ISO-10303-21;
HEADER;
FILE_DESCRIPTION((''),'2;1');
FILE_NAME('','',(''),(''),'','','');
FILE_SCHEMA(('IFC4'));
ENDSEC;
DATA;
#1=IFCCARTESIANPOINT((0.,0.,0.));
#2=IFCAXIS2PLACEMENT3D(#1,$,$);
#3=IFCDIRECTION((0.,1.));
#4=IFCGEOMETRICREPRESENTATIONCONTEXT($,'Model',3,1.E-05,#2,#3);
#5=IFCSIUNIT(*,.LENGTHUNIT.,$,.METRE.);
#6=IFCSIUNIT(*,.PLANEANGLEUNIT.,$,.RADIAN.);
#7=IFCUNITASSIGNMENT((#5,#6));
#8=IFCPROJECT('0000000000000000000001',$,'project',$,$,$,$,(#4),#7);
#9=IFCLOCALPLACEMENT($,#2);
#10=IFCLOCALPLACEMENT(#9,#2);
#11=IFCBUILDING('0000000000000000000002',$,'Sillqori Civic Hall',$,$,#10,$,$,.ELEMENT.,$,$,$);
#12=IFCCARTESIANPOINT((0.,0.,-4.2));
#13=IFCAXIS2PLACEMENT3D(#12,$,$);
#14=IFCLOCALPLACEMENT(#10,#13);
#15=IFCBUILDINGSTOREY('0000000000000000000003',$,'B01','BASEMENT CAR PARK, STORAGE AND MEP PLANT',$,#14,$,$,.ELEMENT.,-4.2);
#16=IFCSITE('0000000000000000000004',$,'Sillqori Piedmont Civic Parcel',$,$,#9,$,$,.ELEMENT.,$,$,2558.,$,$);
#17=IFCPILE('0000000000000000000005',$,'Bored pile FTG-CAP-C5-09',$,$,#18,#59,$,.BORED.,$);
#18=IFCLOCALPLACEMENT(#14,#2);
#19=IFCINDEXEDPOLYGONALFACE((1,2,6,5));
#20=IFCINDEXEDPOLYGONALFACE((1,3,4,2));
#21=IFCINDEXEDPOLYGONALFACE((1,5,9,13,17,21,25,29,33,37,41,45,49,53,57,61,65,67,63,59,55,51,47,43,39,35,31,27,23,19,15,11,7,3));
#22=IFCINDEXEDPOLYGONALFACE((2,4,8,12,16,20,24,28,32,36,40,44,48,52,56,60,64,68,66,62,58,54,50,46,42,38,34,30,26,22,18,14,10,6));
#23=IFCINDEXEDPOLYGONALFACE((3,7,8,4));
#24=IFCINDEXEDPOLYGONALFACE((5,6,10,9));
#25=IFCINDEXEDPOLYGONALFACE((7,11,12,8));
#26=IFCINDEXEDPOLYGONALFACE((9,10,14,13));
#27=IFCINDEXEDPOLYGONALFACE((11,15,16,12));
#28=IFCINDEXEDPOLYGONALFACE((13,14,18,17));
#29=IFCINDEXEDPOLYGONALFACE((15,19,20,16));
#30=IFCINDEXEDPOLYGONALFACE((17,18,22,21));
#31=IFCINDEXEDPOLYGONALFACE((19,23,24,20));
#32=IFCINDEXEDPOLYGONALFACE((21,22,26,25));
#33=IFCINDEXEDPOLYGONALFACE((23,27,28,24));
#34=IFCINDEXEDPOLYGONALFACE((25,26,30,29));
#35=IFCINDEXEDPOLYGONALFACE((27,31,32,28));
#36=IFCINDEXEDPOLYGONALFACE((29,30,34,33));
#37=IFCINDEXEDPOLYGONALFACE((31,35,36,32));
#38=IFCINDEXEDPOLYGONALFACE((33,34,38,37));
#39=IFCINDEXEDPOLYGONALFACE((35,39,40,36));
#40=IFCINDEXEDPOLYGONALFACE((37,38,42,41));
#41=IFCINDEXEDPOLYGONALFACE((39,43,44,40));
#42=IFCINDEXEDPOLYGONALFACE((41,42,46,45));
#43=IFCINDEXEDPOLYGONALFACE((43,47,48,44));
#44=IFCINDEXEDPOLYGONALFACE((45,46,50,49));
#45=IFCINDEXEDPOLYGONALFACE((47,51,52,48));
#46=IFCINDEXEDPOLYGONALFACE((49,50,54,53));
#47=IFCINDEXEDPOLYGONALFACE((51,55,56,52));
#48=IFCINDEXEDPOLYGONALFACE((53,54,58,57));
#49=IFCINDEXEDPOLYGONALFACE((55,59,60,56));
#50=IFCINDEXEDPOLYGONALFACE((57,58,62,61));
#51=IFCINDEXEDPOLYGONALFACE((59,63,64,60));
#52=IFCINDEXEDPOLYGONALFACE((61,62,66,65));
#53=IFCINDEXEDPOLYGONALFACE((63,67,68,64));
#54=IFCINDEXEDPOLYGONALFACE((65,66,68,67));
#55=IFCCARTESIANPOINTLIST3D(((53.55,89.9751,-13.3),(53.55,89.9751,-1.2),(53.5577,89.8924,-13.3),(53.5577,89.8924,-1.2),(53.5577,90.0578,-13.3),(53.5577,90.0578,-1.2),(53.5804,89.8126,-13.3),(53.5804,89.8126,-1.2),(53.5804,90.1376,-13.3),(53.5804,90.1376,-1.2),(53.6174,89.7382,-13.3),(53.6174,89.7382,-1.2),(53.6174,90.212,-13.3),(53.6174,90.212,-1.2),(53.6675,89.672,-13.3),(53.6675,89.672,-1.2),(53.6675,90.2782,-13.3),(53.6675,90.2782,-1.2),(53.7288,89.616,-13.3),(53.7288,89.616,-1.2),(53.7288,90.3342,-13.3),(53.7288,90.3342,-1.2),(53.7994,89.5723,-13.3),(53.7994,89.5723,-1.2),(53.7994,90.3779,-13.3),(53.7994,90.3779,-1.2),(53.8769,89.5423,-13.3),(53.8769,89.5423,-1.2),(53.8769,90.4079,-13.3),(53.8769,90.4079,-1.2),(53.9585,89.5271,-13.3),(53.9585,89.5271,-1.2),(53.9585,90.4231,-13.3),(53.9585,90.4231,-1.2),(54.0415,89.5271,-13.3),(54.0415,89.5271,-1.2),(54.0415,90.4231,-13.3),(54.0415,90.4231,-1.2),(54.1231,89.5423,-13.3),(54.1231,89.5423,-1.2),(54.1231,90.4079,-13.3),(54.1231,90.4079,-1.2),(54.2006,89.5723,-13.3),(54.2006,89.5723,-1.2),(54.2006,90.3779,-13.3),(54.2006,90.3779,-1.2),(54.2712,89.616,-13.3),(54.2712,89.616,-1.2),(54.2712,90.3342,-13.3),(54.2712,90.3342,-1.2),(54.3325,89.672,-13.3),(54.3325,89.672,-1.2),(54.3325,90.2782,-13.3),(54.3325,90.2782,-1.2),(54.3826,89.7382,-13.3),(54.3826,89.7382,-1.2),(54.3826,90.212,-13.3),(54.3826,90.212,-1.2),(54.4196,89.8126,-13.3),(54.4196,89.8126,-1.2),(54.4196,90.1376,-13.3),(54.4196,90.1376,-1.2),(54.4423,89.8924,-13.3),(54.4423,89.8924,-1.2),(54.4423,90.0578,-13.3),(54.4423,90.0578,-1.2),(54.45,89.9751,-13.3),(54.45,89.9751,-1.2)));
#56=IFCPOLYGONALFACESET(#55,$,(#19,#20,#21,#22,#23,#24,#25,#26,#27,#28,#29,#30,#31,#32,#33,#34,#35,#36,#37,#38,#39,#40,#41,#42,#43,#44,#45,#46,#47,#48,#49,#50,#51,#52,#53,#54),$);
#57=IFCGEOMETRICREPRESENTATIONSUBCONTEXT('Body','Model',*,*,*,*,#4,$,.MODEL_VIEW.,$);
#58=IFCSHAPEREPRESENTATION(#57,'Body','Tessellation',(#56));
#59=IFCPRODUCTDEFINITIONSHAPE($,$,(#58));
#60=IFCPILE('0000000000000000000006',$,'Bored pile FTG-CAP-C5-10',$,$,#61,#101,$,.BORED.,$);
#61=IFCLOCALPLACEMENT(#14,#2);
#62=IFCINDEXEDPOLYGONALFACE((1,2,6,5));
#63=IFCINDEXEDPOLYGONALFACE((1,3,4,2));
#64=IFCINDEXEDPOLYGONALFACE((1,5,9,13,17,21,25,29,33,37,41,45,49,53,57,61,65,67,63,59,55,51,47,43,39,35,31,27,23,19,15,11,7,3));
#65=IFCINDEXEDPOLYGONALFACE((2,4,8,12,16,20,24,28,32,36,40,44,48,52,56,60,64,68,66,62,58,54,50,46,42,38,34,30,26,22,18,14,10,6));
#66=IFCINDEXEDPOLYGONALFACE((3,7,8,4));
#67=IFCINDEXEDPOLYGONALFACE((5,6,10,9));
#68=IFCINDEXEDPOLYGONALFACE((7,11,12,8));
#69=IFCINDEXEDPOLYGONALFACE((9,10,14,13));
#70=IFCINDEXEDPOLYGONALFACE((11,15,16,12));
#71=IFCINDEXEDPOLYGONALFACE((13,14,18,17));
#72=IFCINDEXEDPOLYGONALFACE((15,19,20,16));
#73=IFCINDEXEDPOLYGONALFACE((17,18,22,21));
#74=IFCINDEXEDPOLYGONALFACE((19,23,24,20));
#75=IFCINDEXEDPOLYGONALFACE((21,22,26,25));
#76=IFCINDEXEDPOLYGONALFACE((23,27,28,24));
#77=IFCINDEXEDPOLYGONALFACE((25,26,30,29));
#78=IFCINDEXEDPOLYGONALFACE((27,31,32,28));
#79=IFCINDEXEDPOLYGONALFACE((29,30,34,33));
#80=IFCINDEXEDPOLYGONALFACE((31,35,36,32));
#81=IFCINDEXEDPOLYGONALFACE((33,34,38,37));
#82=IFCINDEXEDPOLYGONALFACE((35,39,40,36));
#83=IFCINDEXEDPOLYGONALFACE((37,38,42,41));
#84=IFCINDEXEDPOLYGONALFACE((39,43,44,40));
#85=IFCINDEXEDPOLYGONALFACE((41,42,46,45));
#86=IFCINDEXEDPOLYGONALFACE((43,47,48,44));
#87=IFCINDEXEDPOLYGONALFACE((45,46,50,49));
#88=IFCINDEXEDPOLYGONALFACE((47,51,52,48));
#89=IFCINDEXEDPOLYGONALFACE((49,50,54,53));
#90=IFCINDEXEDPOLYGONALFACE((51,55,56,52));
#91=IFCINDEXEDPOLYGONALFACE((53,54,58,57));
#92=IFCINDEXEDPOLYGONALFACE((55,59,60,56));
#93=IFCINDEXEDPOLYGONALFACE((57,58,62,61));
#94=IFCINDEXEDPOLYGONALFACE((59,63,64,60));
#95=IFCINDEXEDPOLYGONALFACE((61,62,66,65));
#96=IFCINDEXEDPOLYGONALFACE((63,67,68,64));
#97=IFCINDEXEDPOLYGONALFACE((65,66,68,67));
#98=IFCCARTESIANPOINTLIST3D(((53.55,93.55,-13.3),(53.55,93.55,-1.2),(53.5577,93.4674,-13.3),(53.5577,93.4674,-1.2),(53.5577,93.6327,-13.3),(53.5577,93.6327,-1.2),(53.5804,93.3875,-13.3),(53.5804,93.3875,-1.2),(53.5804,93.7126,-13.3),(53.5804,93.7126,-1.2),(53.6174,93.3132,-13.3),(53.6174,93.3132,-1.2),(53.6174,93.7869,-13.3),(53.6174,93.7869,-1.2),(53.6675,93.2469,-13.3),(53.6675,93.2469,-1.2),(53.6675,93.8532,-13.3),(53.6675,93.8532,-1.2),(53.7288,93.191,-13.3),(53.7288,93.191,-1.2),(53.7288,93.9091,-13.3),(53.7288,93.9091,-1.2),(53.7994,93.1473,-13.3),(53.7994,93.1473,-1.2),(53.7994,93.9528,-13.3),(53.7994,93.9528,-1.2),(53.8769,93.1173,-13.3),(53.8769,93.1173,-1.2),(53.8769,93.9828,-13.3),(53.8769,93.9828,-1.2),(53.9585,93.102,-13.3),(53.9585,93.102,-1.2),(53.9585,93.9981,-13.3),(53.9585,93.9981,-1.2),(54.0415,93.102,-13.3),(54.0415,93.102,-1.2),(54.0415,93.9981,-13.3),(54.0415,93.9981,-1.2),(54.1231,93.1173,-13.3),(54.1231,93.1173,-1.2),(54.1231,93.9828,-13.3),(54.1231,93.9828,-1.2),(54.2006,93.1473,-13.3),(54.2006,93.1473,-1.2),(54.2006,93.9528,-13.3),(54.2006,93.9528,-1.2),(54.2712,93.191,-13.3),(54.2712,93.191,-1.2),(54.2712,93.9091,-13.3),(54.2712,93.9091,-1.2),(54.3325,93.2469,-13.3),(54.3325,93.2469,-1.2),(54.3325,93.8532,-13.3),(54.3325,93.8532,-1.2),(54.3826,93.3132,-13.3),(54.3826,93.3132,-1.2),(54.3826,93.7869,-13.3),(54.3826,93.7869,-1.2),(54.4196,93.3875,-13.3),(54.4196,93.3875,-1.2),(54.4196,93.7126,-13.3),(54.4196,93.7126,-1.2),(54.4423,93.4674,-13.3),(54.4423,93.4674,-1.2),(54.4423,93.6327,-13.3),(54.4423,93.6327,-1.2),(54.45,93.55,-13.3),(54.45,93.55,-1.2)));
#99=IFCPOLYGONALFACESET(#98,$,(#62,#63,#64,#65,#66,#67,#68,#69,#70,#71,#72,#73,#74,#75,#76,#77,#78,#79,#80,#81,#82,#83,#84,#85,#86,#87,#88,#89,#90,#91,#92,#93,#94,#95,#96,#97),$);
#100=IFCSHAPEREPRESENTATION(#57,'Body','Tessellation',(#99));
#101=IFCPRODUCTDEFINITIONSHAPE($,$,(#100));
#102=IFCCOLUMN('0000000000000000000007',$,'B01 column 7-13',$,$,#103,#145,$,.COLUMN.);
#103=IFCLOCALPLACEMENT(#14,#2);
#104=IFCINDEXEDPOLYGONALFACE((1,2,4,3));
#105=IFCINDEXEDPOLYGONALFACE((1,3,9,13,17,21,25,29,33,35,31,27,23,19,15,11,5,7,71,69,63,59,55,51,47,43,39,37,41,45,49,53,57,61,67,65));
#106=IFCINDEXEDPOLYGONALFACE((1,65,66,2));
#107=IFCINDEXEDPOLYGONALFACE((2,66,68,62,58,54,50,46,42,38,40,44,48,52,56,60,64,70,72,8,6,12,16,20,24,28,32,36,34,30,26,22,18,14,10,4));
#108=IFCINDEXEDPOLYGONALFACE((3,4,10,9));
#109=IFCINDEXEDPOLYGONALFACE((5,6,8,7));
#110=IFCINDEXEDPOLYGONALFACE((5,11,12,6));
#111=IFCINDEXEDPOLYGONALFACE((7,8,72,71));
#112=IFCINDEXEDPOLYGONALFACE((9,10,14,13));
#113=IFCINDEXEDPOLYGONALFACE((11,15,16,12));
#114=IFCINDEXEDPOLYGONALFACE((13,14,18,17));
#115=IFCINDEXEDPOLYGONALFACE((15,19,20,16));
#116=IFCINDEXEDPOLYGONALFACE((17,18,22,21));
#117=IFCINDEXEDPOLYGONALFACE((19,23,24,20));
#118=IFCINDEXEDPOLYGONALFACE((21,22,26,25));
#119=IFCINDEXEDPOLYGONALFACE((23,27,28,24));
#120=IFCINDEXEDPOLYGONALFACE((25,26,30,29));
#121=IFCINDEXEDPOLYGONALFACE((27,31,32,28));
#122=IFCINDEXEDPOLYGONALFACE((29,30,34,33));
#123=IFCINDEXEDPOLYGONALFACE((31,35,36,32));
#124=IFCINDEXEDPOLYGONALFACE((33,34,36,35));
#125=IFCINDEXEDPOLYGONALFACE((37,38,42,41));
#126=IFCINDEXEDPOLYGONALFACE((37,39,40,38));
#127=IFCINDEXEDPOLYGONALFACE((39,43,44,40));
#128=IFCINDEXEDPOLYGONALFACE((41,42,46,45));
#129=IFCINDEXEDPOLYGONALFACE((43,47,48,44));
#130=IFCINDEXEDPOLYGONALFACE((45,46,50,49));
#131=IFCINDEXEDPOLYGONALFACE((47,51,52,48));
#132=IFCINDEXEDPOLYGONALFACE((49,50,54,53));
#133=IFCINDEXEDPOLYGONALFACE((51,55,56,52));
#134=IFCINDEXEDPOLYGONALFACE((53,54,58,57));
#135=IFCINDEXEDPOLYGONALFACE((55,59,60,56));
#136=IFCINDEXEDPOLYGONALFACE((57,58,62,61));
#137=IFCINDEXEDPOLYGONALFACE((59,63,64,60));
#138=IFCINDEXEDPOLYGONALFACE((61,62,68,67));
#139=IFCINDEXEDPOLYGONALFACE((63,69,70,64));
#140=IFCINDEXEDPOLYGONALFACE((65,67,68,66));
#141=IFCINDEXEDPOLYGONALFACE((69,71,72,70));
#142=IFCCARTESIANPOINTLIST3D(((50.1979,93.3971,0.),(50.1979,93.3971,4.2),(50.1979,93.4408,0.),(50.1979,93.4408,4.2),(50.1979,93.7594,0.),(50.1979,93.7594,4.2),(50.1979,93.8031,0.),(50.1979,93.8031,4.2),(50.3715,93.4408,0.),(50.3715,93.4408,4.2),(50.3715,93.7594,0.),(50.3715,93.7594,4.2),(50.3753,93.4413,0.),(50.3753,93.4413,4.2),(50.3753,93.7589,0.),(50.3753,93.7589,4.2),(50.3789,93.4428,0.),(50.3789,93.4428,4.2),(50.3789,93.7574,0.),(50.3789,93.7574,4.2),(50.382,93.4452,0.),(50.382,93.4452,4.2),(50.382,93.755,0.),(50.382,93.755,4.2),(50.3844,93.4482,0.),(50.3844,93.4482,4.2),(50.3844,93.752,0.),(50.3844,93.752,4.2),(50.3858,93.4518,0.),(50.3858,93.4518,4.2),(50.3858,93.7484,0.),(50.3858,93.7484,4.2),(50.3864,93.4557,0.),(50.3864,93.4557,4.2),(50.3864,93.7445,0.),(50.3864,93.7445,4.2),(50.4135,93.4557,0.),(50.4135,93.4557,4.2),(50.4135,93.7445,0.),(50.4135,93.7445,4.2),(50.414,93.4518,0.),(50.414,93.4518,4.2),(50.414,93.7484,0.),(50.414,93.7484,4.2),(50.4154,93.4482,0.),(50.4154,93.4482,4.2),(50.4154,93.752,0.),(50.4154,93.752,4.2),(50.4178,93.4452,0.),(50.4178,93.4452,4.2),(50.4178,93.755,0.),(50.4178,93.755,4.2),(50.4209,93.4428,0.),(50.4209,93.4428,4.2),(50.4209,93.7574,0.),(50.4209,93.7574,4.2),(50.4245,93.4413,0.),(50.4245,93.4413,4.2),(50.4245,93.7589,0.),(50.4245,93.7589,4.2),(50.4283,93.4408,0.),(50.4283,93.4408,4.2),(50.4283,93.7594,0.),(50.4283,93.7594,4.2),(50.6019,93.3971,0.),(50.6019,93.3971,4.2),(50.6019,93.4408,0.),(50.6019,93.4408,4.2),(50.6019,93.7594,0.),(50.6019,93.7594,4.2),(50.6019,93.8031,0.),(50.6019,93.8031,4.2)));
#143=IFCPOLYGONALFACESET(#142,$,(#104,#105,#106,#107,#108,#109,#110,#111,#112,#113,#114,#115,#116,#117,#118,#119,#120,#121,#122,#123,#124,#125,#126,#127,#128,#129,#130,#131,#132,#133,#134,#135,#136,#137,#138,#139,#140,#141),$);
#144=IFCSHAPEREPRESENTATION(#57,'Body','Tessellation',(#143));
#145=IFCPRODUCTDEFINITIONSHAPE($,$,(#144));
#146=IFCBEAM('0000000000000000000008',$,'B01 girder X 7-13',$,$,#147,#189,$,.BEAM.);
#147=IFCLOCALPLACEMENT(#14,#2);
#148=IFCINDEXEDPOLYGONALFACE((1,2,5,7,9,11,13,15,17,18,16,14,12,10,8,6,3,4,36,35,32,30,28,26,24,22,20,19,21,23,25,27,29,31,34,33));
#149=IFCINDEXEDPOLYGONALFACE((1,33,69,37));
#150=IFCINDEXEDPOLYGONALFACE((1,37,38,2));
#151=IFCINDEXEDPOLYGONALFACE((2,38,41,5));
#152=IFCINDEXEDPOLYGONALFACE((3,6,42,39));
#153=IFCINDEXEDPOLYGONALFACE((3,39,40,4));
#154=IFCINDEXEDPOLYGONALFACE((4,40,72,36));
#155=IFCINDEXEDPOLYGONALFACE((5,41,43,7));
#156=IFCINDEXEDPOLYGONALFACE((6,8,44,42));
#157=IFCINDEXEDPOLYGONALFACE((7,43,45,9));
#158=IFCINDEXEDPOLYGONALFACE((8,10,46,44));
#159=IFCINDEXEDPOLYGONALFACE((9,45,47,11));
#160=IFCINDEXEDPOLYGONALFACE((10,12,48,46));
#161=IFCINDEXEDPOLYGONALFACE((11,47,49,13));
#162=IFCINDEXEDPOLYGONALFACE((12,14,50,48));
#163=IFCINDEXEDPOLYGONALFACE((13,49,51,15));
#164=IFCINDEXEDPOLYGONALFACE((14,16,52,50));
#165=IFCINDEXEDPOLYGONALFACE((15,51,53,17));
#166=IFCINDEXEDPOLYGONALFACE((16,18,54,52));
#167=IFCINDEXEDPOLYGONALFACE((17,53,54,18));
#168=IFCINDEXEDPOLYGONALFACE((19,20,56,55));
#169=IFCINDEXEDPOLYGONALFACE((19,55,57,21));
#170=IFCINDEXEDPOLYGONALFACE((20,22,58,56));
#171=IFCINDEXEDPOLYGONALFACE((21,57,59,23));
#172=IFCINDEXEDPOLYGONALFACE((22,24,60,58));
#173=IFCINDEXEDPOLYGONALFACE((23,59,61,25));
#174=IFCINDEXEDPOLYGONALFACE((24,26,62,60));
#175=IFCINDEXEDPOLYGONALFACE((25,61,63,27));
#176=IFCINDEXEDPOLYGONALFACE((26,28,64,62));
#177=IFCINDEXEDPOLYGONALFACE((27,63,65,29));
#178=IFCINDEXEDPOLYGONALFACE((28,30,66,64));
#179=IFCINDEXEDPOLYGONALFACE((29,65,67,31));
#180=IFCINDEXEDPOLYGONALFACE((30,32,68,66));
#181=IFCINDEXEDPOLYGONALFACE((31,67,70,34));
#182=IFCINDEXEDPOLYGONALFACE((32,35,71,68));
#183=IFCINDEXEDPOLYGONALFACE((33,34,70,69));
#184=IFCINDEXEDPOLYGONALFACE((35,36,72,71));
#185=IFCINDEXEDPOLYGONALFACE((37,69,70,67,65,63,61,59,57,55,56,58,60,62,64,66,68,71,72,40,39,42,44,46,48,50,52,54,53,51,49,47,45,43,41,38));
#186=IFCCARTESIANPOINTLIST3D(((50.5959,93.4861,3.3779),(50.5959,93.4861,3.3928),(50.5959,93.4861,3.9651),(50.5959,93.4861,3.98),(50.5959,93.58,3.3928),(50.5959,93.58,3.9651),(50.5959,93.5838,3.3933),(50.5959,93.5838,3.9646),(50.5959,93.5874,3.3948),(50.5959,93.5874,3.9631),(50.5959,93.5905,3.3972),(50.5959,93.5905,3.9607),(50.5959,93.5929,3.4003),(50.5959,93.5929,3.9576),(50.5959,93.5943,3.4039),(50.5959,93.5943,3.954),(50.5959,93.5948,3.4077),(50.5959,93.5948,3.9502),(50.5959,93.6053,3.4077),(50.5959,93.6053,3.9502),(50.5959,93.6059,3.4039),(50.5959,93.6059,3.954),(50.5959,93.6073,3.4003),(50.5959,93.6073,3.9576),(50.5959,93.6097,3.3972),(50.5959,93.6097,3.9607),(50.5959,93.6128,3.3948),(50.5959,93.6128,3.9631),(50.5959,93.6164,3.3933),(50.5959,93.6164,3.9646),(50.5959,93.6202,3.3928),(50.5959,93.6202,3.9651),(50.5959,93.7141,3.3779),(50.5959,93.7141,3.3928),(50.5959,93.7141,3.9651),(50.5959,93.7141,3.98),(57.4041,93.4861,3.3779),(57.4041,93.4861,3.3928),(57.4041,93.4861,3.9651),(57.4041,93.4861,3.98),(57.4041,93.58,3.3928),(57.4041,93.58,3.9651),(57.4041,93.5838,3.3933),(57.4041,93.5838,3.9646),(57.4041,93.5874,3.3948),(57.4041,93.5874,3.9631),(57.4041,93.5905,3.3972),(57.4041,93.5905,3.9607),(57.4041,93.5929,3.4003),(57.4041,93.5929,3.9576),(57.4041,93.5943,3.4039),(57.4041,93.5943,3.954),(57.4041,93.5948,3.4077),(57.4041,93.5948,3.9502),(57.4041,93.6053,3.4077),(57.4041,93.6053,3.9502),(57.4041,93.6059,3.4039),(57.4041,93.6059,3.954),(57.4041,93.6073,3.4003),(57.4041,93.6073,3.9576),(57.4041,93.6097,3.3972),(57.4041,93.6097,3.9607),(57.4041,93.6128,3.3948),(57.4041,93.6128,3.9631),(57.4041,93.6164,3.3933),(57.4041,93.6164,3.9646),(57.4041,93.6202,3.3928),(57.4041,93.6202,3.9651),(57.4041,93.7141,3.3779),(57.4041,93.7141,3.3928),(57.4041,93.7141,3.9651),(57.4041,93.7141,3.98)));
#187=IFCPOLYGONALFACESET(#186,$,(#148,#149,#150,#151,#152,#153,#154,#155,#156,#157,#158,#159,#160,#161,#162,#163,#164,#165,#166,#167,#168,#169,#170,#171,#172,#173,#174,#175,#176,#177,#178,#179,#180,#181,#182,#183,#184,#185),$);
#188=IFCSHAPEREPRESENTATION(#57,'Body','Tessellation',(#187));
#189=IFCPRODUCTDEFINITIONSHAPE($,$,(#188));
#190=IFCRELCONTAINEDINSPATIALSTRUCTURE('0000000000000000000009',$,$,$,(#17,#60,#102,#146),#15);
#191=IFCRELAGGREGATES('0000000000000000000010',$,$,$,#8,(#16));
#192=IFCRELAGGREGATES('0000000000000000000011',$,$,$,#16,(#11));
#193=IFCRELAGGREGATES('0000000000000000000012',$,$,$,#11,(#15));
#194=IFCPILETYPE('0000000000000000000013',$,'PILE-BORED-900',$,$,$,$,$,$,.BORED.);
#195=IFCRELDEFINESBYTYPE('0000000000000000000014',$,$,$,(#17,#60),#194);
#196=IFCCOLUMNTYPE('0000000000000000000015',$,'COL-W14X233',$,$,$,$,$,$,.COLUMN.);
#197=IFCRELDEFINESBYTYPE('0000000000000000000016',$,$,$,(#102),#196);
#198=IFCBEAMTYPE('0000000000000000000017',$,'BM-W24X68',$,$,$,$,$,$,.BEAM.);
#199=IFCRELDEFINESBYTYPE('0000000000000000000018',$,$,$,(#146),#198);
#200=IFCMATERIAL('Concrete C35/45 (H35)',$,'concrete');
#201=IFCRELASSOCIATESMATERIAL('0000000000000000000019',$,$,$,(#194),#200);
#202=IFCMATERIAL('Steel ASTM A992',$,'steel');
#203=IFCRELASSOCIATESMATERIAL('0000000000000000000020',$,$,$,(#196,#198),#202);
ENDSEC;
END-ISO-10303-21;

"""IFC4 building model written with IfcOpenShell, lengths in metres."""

from ifc_helpers import new_model, si_unit, direction, frame, origin, origin_2d, place, context, subcontext, project, spatial, circle, i_section, extrude, material, material_profile, profile_set, type_object, element, save


model = new_model("IFC4")

# Units and contexts
model_context = context("Model", 3, precision=1e-05, world=origin(), true_north=direction((0.0, 1.0)))
body_context = subcontext(model_context, "Body", "Model", "MODEL_VIEW")
ifc_project = project(units=[si_unit("LENGTHUNIT", "METRE"), si_unit("PLANEANGLEUNIT", "RADIAN")], contexts=[model_context])

# Site, building, storey
site_placement = place(None, origin())
site = spatial("IfcSite", under=ifc_project, at=site_placement, Name="Sillqori Piedmont Civic Parcel", CompositionType="ELEMENT", RefElevation=2558.0)
building_placement = place(site_placement, origin())
building = spatial("IfcBuilding", under=site, at=building_placement, Name="Sillqori Civic Hall", CompositionType="ELEMENT")
storey_placement = place(building_placement, frame((0.0, 0.0, -4.2)))
storey = spatial("IfcBuildingStorey", under=building, at=storey_placement, Name="B01", Description="BASEMENT CAR PARK, STORAGE AND MEP PLANT", CompositionType="ELEMENT", Elevation=-4.2)

# Shared definitions
ifc_material_1 = material(Name="Concrete C35/45 (H35)", Category="concrete")

# Piles
ifc_material_profile_1 = material_profile(ifc_material_1, circle(Radius=0.45, at=origin_2d()), Name="BORED PILE 900")
ifc_profile_set_1 = profile_set([ifc_material_profile_1], Name="Concrete C35/45 (H35)")
pile_type = type_object("IfcPileType", Name="PILE-BORED-900", PredefinedType="BORED", material=ifc_profile_set_1)
for number, where, z_axis, x_axis, name in (
    (1, (54.0, 89.9751, -1.2), (0.0, 0.0, -1.0), (1.0, 0.0, 0.0), "Bored pile FTG-CAP-C5-09"),
    (2, (54.0, 93.55, -1.2), (0.0, 0.0, -1.0), (1.0, 0.0, 0.0), "Bored pile FTG-CAP-C5-10"),
):
    element("IfcPile", number, at=place(storey_placement, frame(where, z_axis=z_axis, x_axis=x_axis)), inside=storey, type_object=pile_type, Name=name, PredefinedType="BORED", context=body_context, shape_type="SweptSolid", body=[
        extrude(circle(Radius=0.45, at=origin_2d()), origin(), (0.0, 0.0, 1.0), 12.1001),
    ])

# Column
ifc_material_2 = material(Name="Steel ASTM A992", Category="steel")
ifc_material_profile_2 = material_profile(ifc_material_2, i_section(OverallWidth=0.4041, OverallDepth=0.406, WebThickness=0.0271, FlangeThickness=0.0437, FilletRadius=0.0149, at=origin_2d()), Name="W14X233")
ifc_profile_set_2 = profile_set([ifc_material_profile_2], Name="Steel ASTM A992")
column_type = type_object("IfcColumnType", Name="COL-W14X233", PredefinedType="COLUMN", material=ifc_profile_set_2)
column_placement = place(storey_placement, frame((50.3999, 93.6001, 0.0), z_axis=(0.0, 0.0, 1.0), x_axis=(1.0, 0.0, 0.0)))
element("IfcColumn", 3, at=column_placement, inside=storey, type_object=column_type, Name="B01 column 7-13", PredefinedType="COLUMN", context=body_context, shape_type="SweptSolid", body=[
    extrude(i_section(OverallWidth=0.4041, OverallDepth=0.406, WebThickness=0.0271, FlangeThickness=0.0437, FilletRadius=0.0149, at=origin_2d()), origin(), (0.0, 0.0, 1.0), 4.2),
])

# Beam
ifc_material_profile_3 = material_profile(ifc_material_2, i_section(OverallWidth=0.228, OverallDepth=0.6021, WebThickness=0.0105, FlangeThickness=0.0149, FilletRadius=0.0149, at=origin_2d()), Name="W24X68")
ifc_profile_set_3 = profile_set([ifc_material_profile_3], Name="Steel ASTM A992")
beam_type_1 = type_object("IfcBeamType", Name="BM-W24X68", PredefinedType="BEAM", material=ifc_profile_set_3)
beam_1_placement = place(storey_placement, frame((50.5959, 93.6001, 3.679), z_axis=(1.0, 0.0, 0.0), x_axis=(0.0, 1.0, 0.0)))
element("IfcBeam", 4, at=beam_1_placement, inside=storey, type_object=beam_type_1, Name="B01 girder X 7-13", PredefinedType="BEAM", context=body_context, shape_type="SweptSolid", body=[
    extrude(i_section(OverallWidth=0.228, OverallDepth=0.6021, WebThickness=0.0105, FlangeThickness=0.0149, FilletRadius=0.0149, at=origin_2d()), origin(), (0.0, 0.0, 1.0), 6.8081),
])

save(model, "model.ifc")
